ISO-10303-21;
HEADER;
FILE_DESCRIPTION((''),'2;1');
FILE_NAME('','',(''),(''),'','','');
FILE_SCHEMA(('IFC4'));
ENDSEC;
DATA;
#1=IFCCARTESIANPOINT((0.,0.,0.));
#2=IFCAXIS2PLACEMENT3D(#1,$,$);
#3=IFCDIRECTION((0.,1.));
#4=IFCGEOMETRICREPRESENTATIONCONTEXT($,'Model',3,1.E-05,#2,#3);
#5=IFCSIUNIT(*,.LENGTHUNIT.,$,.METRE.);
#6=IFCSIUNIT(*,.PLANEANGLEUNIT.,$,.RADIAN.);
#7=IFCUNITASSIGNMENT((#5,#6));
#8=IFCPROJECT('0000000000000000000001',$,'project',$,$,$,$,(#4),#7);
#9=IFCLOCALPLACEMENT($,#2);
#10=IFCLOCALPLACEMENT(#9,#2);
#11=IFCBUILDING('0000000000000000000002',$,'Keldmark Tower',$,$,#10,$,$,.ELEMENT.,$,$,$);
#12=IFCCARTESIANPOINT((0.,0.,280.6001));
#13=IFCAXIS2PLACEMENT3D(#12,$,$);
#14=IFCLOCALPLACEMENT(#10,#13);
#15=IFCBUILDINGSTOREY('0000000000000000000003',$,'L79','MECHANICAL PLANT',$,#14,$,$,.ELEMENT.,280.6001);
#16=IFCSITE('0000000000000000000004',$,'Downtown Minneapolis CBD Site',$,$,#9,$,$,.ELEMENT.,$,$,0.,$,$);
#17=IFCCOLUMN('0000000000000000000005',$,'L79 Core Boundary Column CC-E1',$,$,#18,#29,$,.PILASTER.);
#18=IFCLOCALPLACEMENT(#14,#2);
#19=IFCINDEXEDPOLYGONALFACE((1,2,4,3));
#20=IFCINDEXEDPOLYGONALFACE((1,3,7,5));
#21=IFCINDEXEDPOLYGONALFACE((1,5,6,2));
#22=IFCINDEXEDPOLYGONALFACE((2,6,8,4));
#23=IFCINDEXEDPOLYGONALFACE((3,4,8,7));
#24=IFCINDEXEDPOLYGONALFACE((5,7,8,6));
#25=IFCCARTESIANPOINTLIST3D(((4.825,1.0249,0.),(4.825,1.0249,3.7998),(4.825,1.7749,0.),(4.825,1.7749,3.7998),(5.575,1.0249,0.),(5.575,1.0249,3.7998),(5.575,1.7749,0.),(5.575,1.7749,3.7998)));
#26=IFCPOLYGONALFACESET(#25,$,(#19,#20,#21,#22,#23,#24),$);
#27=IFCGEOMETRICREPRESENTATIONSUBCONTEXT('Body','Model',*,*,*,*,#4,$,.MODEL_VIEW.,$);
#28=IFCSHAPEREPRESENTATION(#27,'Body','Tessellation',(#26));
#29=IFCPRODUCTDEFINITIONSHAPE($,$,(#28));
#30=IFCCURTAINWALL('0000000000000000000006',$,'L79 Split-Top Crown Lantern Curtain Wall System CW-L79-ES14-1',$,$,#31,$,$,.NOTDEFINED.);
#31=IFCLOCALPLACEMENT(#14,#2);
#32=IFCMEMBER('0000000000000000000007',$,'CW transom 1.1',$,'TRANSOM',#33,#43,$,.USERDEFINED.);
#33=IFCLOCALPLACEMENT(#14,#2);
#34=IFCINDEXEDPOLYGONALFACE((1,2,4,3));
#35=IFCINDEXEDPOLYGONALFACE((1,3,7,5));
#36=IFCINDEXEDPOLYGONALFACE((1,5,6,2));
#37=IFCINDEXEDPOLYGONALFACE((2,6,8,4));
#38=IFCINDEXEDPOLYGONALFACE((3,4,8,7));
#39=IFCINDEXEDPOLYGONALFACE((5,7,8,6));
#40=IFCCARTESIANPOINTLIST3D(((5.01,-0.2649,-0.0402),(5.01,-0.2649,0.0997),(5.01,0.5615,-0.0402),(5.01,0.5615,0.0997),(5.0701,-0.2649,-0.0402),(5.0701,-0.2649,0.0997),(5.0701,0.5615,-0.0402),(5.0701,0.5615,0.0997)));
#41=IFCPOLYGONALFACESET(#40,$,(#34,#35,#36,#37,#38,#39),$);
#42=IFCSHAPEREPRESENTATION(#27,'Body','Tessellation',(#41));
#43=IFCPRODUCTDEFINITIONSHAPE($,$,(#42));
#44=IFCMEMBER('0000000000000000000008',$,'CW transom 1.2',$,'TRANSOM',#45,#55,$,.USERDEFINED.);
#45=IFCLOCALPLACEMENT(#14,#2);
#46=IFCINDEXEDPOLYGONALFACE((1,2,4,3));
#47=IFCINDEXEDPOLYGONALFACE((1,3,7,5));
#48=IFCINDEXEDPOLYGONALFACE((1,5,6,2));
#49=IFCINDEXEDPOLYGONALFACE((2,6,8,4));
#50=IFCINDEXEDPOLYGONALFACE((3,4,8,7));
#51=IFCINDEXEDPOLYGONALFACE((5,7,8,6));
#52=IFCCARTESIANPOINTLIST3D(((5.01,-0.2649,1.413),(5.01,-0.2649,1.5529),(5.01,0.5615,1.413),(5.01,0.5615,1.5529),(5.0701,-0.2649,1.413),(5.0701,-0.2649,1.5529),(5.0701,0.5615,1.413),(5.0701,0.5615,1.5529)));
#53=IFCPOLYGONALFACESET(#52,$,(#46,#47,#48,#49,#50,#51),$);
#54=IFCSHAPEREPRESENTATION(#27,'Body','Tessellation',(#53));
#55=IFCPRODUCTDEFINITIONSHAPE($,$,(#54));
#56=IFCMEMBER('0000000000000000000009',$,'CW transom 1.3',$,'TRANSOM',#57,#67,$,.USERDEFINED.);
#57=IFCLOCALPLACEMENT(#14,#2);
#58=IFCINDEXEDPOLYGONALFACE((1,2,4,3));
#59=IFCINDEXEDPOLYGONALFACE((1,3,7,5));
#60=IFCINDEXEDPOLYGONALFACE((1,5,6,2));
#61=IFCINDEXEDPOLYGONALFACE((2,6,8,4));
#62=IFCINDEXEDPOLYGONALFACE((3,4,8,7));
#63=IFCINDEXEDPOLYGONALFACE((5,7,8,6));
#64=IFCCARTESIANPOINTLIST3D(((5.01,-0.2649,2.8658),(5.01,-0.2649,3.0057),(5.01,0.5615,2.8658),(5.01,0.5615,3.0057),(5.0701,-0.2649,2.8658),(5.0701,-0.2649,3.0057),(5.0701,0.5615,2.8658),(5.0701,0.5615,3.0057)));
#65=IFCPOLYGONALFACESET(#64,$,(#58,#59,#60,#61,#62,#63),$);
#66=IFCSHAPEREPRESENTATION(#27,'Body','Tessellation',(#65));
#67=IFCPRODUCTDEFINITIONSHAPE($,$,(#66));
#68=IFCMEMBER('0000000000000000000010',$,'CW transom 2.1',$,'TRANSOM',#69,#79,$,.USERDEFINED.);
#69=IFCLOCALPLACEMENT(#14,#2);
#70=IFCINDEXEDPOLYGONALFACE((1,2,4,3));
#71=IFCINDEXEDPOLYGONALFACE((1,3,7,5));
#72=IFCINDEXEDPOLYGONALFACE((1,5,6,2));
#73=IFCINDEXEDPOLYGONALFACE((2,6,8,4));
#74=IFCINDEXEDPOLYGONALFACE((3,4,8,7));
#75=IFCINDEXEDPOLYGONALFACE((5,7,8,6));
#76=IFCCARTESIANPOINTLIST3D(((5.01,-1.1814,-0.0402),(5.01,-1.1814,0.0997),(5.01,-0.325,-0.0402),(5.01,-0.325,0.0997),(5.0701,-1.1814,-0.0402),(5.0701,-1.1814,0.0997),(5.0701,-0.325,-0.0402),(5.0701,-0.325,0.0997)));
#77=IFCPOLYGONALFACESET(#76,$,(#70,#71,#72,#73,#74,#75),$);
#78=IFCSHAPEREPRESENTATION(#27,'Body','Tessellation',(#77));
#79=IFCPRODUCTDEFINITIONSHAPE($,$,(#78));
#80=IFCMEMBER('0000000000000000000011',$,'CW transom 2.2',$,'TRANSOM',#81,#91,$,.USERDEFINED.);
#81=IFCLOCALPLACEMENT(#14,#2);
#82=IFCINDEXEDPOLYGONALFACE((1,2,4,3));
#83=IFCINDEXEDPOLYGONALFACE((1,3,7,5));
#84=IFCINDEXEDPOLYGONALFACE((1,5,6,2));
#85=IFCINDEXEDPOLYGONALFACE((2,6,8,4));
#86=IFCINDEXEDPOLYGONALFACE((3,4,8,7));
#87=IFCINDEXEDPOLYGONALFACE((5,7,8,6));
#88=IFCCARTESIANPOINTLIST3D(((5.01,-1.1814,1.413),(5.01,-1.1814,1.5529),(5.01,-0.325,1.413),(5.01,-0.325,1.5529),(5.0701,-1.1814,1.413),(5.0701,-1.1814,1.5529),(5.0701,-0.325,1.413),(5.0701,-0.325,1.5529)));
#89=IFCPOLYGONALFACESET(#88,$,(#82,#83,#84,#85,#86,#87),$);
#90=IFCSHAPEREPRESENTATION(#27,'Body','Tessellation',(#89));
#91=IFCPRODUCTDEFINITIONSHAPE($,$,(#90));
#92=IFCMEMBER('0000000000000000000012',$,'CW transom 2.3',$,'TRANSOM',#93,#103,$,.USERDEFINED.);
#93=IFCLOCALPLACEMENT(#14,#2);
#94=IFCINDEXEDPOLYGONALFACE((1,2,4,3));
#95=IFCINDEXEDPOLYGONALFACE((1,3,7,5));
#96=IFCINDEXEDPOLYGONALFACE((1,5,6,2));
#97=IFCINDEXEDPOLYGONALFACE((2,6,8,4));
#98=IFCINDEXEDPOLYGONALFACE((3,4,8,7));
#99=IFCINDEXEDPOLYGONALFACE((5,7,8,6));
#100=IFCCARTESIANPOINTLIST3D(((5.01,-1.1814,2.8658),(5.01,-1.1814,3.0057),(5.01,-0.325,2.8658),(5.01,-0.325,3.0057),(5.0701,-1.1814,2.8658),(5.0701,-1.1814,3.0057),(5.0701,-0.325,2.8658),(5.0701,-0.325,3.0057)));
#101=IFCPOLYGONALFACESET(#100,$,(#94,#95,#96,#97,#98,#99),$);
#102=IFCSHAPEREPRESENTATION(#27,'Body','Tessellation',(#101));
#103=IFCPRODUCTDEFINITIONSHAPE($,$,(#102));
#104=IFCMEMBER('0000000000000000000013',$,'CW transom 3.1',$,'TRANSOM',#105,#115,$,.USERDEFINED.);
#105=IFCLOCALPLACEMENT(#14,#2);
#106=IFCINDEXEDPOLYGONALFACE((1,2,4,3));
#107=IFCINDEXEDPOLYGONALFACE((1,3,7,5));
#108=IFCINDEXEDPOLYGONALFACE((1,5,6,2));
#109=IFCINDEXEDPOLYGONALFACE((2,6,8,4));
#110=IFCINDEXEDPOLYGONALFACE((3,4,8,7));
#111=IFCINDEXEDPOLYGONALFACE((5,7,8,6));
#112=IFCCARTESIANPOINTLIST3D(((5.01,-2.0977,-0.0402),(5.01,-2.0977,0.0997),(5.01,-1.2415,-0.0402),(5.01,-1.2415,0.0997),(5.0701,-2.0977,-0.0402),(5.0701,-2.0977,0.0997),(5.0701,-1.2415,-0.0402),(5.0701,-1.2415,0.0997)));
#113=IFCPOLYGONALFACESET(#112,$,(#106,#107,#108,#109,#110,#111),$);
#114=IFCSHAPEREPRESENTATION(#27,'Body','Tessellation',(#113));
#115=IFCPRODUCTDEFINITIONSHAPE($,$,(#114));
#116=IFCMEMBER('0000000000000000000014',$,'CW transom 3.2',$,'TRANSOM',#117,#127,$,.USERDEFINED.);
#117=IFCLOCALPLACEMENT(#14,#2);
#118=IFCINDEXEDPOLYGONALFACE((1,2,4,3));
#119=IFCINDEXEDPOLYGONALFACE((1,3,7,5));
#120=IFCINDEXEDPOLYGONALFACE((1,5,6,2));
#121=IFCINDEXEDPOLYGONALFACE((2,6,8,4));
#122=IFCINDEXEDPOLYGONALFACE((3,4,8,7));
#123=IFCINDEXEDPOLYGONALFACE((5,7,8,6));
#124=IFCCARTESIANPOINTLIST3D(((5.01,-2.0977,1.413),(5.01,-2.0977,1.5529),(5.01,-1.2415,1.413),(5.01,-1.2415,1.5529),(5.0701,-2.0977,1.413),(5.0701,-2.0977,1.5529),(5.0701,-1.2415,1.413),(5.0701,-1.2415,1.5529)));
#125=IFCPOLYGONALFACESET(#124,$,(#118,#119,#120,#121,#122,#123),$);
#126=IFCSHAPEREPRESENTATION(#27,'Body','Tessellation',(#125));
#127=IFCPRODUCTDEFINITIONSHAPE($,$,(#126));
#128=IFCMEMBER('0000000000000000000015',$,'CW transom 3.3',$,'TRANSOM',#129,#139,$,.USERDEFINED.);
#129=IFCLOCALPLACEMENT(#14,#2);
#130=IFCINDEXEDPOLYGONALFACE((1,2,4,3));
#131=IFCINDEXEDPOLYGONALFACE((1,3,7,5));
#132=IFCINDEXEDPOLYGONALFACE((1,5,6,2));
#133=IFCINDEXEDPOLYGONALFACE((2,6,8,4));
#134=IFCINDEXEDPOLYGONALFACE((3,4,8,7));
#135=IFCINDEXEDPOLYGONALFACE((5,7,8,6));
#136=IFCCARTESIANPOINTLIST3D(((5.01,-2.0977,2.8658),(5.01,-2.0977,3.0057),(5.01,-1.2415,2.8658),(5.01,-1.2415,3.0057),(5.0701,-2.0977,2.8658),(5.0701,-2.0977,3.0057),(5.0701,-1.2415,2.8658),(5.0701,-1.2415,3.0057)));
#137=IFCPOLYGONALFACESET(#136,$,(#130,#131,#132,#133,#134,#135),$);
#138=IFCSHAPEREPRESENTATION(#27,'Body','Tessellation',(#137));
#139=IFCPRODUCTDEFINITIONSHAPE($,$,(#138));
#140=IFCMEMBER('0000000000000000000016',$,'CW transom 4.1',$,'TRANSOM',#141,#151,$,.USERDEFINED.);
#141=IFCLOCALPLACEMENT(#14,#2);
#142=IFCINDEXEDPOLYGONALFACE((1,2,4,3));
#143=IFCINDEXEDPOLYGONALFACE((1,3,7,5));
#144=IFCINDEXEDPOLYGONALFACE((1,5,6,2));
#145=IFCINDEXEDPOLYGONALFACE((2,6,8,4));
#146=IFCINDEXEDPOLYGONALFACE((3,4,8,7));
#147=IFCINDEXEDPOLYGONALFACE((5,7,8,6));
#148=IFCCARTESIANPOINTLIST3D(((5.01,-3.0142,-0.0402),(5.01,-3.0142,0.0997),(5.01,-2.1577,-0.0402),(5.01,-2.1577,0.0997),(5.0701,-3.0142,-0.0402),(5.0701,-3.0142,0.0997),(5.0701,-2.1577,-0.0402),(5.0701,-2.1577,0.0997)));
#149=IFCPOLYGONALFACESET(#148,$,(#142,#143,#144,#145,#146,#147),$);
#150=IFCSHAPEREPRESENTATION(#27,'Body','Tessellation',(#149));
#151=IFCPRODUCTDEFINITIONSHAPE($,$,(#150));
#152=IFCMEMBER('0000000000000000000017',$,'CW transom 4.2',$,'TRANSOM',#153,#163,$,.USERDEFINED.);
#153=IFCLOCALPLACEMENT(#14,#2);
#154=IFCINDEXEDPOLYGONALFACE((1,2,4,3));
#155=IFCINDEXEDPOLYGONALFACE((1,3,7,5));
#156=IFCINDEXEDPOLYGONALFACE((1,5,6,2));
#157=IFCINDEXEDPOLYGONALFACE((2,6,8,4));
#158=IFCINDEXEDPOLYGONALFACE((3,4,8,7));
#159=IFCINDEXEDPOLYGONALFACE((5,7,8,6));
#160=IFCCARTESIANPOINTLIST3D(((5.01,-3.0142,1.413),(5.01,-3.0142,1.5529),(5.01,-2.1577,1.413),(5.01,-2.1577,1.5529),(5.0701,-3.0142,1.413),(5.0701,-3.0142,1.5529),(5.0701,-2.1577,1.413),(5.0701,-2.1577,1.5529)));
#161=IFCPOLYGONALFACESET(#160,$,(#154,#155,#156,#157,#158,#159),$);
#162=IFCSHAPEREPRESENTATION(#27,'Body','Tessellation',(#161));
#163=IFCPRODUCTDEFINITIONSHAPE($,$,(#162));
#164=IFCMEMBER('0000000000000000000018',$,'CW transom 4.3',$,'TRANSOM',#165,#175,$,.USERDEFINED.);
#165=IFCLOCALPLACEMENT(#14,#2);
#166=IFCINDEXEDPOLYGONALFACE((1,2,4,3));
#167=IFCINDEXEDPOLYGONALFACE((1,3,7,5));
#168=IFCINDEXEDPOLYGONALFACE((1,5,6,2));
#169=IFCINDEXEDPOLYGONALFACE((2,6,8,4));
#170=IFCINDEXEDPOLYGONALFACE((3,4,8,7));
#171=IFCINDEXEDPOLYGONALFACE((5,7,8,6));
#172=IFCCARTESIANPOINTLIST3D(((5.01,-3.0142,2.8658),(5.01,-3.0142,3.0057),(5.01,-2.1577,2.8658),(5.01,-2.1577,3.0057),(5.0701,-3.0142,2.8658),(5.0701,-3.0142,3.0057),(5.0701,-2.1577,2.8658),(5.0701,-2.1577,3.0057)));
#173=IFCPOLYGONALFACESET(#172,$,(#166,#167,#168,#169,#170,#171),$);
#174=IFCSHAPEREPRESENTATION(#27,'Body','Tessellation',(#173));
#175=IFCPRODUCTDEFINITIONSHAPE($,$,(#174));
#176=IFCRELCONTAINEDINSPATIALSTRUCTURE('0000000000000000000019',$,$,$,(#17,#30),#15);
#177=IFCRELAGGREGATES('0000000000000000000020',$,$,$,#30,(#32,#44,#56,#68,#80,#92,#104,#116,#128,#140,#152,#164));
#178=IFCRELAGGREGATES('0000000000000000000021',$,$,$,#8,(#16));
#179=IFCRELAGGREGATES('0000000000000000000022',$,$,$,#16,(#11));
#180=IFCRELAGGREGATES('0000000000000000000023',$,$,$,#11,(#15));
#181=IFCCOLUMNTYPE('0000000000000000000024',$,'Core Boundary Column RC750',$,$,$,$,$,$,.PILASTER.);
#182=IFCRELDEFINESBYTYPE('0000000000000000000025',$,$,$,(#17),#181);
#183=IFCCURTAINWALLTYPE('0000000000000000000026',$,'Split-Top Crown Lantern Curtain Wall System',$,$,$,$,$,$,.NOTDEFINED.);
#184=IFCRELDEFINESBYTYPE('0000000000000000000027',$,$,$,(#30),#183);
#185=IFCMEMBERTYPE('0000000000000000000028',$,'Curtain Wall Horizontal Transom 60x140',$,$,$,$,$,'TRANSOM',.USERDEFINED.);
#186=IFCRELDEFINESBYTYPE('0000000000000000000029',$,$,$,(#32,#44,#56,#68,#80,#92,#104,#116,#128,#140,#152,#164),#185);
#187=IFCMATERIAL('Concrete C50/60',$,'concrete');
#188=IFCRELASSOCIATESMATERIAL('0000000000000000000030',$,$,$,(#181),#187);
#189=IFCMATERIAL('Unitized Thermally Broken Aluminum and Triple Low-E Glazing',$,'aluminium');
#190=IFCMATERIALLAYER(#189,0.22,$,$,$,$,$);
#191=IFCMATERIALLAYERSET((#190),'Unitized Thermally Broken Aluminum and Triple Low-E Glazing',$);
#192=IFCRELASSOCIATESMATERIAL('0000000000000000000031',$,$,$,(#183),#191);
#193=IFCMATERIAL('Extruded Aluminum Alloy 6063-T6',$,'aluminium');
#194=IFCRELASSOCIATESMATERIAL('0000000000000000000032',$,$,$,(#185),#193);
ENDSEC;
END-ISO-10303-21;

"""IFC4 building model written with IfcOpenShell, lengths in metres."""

from ifc_helpers import new_model, si_unit, direction, frame, origin, origin_2d, place, context, subcontext, project, spatial, rectangle, extrude, material, layer, layer_set, material_profile, profile_set, type_object, element, aggregate, save


model = new_model("IFC4")

# Units and contexts
model_context = context("Model", 3, precision=1e-05, world=origin(), true_north=direction((0.0, 1.0)))
body_context = subcontext(model_context, "Body", "Model", "MODEL_VIEW")
ifc_project = project(units=[si_unit("LENGTHUNIT", "METRE"), si_unit("PLANEANGLEUNIT", "RADIAN")], contexts=[model_context])

# Site, building, storey
site_placement = place(None, origin())
site = spatial("IfcSite", under=ifc_project, at=site_placement, Name="Downtown Minneapolis CBD Site", CompositionType="ELEMENT", RefElevation=0.0)
building_placement = place(site_placement, origin())
building = spatial("IfcBuilding", under=site, at=building_placement, Name="Keldmark Tower", CompositionType="ELEMENT")
storey_placement = place(building_placement, frame((0.0, 0.0, 280.6001)))
storey = spatial("IfcBuildingStorey", under=building, at=storey_placement, Name="L79", Description="MECHANICAL PLANT", CompositionType="ELEMENT", Elevation=280.6001)

# Column
ifc_material_1 = material(Name="Concrete C50/60", Category="concrete")
ifc_material_profile_1 = material_profile(ifc_material_1, rectangle(XDim=0.75, YDim=0.75, at=origin_2d()), Name="RC750X750")
ifc_profile_set_1 = profile_set([ifc_material_profile_1], Name="Concrete C50/60")
column_type = type_object("IfcColumnType", Name="Core Boundary Column RC750", PredefinedType="PILASTER", material=ifc_profile_set_1)
column_placement = place(storey_placement, frame((5.2, 1.3999, 0.0), z_axis=(0.0, 0.0, 1.0), x_axis=(1.0, 0.0, 0.0)))
element("IfcColumn", 1, at=column_placement, inside=storey, type_object=column_type, Name="L79 Core Boundary Column CC-E1", PredefinedType="PILASTER", context=body_context, shape_type="SweptSolid", body=[
    extrude(rectangle(XDim=0.75, YDim=0.75, at=origin_2d()), origin(), (0.0, 0.0, 1.0), 3.7998),
])

# Curtain wall, members
ifc_material_2 = material(Name="Unitized Thermally Broken Aluminum and Triple Low-E Glazing", Category="aluminium")
ifc_layer_1 = layer(ifc_material_2, 0.22)
ifc_layer_set_1 = layer_set([ifc_layer_1], Name="Unitized Thermally Broken Aluminum and Triple Low-E Glazing")
curtain_wall_type = type_object("IfcCurtainWallType", Name="Split-Top Crown Lantern Curtain Wall System", PredefinedType="NOTDEFINED", material=ifc_layer_set_1)
curtain_wall_placement = place(storey_placement, origin())
curtain_wall = element("IfcCurtainWall", 2, at=curtain_wall_placement, inside=storey, type_object=curtain_wall_type, Name="L79 Split-Top Crown Lantern Curtain Wall System CW-L79-ES14-1", PredefinedType="NOTDEFINED")
ifc_material_3 = material(Name="Extruded Aluminum Alloy 6063-T6", Category="aluminium")
ifc_material_profile_2 = material_profile(ifc_material_3, rectangle(XDim=0.0601, YDim=0.1399, at=origin_2d()), Name="CWT60X140")
ifc_profile_set_2 = profile_set([ifc_material_profile_2], Name="Extruded Aluminum Alloy 6063-T6")
member_type = type_object("IfcMemberType", Name="Curtain Wall Horizontal Transom 60x140", ElementType="TRANSOM", PredefinedType="USERDEFINED", material=ifc_profile_set_2)
member_1_placement = place(storey_placement, frame((5.04, 0.5615, 0.0298), z_axis=(0.0, -1.0, 0.0), x_axis=(1.0, 0.0, 0.0)))
member_1 = element("IfcMember", 3, at=member_1_placement, type_object=member_type, Name="CW transom 1.1", ObjectType="TRANSOM", PredefinedType="USERDEFINED", context=body_context, shape_type="SweptSolid", body=[
    extrude(rectangle(XDim=0.0601, YDim=0.1399, at=origin_2d()), origin(), (0.0, 0.0, 1.0), 0.8264),
])
member_2_placement = place(storey_placement, frame((5.04, 0.5615, 1.4829), z_axis=(0.0, -1.0, 0.0), x_axis=(1.0, 0.0, 0.0)))
member_2 = element("IfcMember", 4, at=member_2_placement, type_object=member_type, Name="CW transom 1.2", ObjectType="TRANSOM", PredefinedType="USERDEFINED", context=body_context, shape_type="SweptSolid", body=[
    extrude(rectangle(XDim=0.0601, YDim=0.1399, at=origin_2d()), origin(), (0.0, 0.0, 1.0), 0.8264),
])
member_3_placement = place(storey_placement, frame((5.04, 0.5615, 2.9358), z_axis=(0.0, -1.0, 0.0), x_axis=(1.0, 0.0, 0.0)))
member_3 = element("IfcMember", 5, at=member_3_placement, type_object=member_type, Name="CW transom 1.3", ObjectType="TRANSOM", PredefinedType="USERDEFINED", context=body_context, shape_type="SweptSolid", body=[
    extrude(rectangle(XDim=0.0601, YDim=0.1399, at=origin_2d()), origin(), (0.0, 0.0, 1.0), 0.8264),
])
member_4_placement = place(storey_placement, frame((5.04, -0.325, 0.0298), z_axis=(0.0, -1.0, 0.0), x_axis=(1.0, 0.0, 0.0)))
member_4 = element("IfcMember", 6, at=member_4_placement, type_object=member_type, Name="CW transom 2.1", ObjectType="TRANSOM", PredefinedType="USERDEFINED", context=body_context, shape_type="SweptSolid", body=[
    extrude(rectangle(XDim=0.0601, YDim=0.1399, at=origin_2d()), origin(), (0.0, 0.0, 1.0), 0.8564),
])
member_5_placement = place(storey_placement, frame((5.04, -0.325, 1.4829), z_axis=(0.0, -1.0, 0.0), x_axis=(1.0, 0.0, 0.0)))
member_5 = element("IfcMember", 7, at=member_5_placement, type_object=member_type, Name="CW transom 2.2", ObjectType="TRANSOM", PredefinedType="USERDEFINED", context=body_context, shape_type="SweptSolid", body=[
    extrude(rectangle(XDim=0.0601, YDim=0.1399, at=origin_2d()), origin(), (0.0, 0.0, 1.0), 0.8564),
])
member_6_placement = place(storey_placement, frame((5.04, -0.325, 2.9358), z_axis=(0.0, -1.0, 0.0), x_axis=(1.0, 0.0, 0.0)))
member_6 = element("IfcMember", 8, at=member_6_placement, type_object=member_type, Name="CW transom 2.3", ObjectType="TRANSOM", PredefinedType="USERDEFINED", context=body_context, shape_type="SweptSolid", body=[
    extrude(rectangle(XDim=0.0601, YDim=0.1399, at=origin_2d()), origin(), (0.0, 0.0, 1.0), 0.8564),
])
member_7_placement = place(storey_placement, frame((5.04, -1.2415, 0.0298), z_axis=(0.0, -1.0, 0.0), x_axis=(1.0, 0.0, 0.0)))
member_7 = element("IfcMember", 9, at=member_7_placement, type_object=member_type, Name="CW transom 3.1", ObjectType="TRANSOM", PredefinedType="USERDEFINED", context=body_context, shape_type="SweptSolid", body=[
    extrude(rectangle(XDim=0.0601, YDim=0.1399, at=origin_2d()), origin(), (0.0, 0.0, 1.0), 0.8562),
])
member_8_placement = place(storey_placement, frame((5.04, -1.2415, 1.4829), z_axis=(0.0, -1.0, 0.0), x_axis=(1.0, 0.0, 0.0)))
member_8 = element("IfcMember", 10, at=member_8_placement, type_object=member_type, Name="CW transom 3.2", ObjectType="TRANSOM", PredefinedType="USERDEFINED", context=body_context, shape_type="SweptSolid", body=[
    extrude(rectangle(XDim=0.0601, YDim=0.1399, at=origin_2d()), origin(), (0.0, 0.0, 1.0), 0.8562),
])
member_9_placement = place(storey_placement, frame((5.04, -1.2415, 2.9358), z_axis=(0.0, -1.0, 0.0), x_axis=(1.0, 0.0, 0.0)))
member_9 = element("IfcMember", 11, at=member_9_placement, type_object=member_type, Name="CW transom 3.3", ObjectType="TRANSOM", PredefinedType="USERDEFINED", context=body_context, shape_type="SweptSolid", body=[
    extrude(rectangle(XDim=0.0601, YDim=0.1399, at=origin_2d()), origin(), (0.0, 0.0, 1.0), 0.8562),
])
member_10_placement = place(storey_placement, frame((5.04, -2.1577, 0.0298), z_axis=(0.0, -1.0, 0.0), x_axis=(1.0, 0.0, 0.0)))
member_10 = element("IfcMember", 12, at=member_10_placement, type_object=member_type, Name="CW transom 4.1", ObjectType="TRANSOM", PredefinedType="USERDEFINED", context=body_context, shape_type="SweptSolid", body=[
    extrude(rectangle(XDim=0.0601, YDim=0.1399, at=origin_2d()), origin(), (0.0, 0.0, 1.0), 0.8564),
])
member_11_placement = place(storey_placement, frame((5.04, -2.1577, 1.4829), z_axis=(0.0, -1.0, 0.0), x_axis=(1.0, 0.0, 0.0)))
member_11 = element("IfcMember", 13, at=member_11_placement, type_object=member_type, Name="CW transom 4.2", ObjectType="TRANSOM", PredefinedType="USERDEFINED", context=body_context, shape_type="SweptSolid", body=[
    extrude(rectangle(XDim=0.0601, YDim=0.1399, at=origin_2d()), origin(), (0.0, 0.0, 1.0), 0.8564),
])
member_12_placement = place(storey_placement, frame((5.04, -2.1577, 2.9358), z_axis=(0.0, -1.0, 0.0), x_axis=(1.0, 0.0, 0.0)))
member_12 = element("IfcMember", 14, at=member_12_placement, type_object=member_type, Name="CW transom 4.3", ObjectType="TRANSOM", PredefinedType="USERDEFINED", context=body_context, shape_type="SweptSolid", body=[
    extrude(rectangle(XDim=0.0601, YDim=0.1399, at=origin_2d()), origin(), (0.0, 0.0, 1.0), 0.8564),
])

aggregate(curtain_wall, [member_1, member_2, member_3, member_4, member_5, member_6, member_7, member_8, member_9, member_10, member_11, member_12])

save(model, "model.ifc")
